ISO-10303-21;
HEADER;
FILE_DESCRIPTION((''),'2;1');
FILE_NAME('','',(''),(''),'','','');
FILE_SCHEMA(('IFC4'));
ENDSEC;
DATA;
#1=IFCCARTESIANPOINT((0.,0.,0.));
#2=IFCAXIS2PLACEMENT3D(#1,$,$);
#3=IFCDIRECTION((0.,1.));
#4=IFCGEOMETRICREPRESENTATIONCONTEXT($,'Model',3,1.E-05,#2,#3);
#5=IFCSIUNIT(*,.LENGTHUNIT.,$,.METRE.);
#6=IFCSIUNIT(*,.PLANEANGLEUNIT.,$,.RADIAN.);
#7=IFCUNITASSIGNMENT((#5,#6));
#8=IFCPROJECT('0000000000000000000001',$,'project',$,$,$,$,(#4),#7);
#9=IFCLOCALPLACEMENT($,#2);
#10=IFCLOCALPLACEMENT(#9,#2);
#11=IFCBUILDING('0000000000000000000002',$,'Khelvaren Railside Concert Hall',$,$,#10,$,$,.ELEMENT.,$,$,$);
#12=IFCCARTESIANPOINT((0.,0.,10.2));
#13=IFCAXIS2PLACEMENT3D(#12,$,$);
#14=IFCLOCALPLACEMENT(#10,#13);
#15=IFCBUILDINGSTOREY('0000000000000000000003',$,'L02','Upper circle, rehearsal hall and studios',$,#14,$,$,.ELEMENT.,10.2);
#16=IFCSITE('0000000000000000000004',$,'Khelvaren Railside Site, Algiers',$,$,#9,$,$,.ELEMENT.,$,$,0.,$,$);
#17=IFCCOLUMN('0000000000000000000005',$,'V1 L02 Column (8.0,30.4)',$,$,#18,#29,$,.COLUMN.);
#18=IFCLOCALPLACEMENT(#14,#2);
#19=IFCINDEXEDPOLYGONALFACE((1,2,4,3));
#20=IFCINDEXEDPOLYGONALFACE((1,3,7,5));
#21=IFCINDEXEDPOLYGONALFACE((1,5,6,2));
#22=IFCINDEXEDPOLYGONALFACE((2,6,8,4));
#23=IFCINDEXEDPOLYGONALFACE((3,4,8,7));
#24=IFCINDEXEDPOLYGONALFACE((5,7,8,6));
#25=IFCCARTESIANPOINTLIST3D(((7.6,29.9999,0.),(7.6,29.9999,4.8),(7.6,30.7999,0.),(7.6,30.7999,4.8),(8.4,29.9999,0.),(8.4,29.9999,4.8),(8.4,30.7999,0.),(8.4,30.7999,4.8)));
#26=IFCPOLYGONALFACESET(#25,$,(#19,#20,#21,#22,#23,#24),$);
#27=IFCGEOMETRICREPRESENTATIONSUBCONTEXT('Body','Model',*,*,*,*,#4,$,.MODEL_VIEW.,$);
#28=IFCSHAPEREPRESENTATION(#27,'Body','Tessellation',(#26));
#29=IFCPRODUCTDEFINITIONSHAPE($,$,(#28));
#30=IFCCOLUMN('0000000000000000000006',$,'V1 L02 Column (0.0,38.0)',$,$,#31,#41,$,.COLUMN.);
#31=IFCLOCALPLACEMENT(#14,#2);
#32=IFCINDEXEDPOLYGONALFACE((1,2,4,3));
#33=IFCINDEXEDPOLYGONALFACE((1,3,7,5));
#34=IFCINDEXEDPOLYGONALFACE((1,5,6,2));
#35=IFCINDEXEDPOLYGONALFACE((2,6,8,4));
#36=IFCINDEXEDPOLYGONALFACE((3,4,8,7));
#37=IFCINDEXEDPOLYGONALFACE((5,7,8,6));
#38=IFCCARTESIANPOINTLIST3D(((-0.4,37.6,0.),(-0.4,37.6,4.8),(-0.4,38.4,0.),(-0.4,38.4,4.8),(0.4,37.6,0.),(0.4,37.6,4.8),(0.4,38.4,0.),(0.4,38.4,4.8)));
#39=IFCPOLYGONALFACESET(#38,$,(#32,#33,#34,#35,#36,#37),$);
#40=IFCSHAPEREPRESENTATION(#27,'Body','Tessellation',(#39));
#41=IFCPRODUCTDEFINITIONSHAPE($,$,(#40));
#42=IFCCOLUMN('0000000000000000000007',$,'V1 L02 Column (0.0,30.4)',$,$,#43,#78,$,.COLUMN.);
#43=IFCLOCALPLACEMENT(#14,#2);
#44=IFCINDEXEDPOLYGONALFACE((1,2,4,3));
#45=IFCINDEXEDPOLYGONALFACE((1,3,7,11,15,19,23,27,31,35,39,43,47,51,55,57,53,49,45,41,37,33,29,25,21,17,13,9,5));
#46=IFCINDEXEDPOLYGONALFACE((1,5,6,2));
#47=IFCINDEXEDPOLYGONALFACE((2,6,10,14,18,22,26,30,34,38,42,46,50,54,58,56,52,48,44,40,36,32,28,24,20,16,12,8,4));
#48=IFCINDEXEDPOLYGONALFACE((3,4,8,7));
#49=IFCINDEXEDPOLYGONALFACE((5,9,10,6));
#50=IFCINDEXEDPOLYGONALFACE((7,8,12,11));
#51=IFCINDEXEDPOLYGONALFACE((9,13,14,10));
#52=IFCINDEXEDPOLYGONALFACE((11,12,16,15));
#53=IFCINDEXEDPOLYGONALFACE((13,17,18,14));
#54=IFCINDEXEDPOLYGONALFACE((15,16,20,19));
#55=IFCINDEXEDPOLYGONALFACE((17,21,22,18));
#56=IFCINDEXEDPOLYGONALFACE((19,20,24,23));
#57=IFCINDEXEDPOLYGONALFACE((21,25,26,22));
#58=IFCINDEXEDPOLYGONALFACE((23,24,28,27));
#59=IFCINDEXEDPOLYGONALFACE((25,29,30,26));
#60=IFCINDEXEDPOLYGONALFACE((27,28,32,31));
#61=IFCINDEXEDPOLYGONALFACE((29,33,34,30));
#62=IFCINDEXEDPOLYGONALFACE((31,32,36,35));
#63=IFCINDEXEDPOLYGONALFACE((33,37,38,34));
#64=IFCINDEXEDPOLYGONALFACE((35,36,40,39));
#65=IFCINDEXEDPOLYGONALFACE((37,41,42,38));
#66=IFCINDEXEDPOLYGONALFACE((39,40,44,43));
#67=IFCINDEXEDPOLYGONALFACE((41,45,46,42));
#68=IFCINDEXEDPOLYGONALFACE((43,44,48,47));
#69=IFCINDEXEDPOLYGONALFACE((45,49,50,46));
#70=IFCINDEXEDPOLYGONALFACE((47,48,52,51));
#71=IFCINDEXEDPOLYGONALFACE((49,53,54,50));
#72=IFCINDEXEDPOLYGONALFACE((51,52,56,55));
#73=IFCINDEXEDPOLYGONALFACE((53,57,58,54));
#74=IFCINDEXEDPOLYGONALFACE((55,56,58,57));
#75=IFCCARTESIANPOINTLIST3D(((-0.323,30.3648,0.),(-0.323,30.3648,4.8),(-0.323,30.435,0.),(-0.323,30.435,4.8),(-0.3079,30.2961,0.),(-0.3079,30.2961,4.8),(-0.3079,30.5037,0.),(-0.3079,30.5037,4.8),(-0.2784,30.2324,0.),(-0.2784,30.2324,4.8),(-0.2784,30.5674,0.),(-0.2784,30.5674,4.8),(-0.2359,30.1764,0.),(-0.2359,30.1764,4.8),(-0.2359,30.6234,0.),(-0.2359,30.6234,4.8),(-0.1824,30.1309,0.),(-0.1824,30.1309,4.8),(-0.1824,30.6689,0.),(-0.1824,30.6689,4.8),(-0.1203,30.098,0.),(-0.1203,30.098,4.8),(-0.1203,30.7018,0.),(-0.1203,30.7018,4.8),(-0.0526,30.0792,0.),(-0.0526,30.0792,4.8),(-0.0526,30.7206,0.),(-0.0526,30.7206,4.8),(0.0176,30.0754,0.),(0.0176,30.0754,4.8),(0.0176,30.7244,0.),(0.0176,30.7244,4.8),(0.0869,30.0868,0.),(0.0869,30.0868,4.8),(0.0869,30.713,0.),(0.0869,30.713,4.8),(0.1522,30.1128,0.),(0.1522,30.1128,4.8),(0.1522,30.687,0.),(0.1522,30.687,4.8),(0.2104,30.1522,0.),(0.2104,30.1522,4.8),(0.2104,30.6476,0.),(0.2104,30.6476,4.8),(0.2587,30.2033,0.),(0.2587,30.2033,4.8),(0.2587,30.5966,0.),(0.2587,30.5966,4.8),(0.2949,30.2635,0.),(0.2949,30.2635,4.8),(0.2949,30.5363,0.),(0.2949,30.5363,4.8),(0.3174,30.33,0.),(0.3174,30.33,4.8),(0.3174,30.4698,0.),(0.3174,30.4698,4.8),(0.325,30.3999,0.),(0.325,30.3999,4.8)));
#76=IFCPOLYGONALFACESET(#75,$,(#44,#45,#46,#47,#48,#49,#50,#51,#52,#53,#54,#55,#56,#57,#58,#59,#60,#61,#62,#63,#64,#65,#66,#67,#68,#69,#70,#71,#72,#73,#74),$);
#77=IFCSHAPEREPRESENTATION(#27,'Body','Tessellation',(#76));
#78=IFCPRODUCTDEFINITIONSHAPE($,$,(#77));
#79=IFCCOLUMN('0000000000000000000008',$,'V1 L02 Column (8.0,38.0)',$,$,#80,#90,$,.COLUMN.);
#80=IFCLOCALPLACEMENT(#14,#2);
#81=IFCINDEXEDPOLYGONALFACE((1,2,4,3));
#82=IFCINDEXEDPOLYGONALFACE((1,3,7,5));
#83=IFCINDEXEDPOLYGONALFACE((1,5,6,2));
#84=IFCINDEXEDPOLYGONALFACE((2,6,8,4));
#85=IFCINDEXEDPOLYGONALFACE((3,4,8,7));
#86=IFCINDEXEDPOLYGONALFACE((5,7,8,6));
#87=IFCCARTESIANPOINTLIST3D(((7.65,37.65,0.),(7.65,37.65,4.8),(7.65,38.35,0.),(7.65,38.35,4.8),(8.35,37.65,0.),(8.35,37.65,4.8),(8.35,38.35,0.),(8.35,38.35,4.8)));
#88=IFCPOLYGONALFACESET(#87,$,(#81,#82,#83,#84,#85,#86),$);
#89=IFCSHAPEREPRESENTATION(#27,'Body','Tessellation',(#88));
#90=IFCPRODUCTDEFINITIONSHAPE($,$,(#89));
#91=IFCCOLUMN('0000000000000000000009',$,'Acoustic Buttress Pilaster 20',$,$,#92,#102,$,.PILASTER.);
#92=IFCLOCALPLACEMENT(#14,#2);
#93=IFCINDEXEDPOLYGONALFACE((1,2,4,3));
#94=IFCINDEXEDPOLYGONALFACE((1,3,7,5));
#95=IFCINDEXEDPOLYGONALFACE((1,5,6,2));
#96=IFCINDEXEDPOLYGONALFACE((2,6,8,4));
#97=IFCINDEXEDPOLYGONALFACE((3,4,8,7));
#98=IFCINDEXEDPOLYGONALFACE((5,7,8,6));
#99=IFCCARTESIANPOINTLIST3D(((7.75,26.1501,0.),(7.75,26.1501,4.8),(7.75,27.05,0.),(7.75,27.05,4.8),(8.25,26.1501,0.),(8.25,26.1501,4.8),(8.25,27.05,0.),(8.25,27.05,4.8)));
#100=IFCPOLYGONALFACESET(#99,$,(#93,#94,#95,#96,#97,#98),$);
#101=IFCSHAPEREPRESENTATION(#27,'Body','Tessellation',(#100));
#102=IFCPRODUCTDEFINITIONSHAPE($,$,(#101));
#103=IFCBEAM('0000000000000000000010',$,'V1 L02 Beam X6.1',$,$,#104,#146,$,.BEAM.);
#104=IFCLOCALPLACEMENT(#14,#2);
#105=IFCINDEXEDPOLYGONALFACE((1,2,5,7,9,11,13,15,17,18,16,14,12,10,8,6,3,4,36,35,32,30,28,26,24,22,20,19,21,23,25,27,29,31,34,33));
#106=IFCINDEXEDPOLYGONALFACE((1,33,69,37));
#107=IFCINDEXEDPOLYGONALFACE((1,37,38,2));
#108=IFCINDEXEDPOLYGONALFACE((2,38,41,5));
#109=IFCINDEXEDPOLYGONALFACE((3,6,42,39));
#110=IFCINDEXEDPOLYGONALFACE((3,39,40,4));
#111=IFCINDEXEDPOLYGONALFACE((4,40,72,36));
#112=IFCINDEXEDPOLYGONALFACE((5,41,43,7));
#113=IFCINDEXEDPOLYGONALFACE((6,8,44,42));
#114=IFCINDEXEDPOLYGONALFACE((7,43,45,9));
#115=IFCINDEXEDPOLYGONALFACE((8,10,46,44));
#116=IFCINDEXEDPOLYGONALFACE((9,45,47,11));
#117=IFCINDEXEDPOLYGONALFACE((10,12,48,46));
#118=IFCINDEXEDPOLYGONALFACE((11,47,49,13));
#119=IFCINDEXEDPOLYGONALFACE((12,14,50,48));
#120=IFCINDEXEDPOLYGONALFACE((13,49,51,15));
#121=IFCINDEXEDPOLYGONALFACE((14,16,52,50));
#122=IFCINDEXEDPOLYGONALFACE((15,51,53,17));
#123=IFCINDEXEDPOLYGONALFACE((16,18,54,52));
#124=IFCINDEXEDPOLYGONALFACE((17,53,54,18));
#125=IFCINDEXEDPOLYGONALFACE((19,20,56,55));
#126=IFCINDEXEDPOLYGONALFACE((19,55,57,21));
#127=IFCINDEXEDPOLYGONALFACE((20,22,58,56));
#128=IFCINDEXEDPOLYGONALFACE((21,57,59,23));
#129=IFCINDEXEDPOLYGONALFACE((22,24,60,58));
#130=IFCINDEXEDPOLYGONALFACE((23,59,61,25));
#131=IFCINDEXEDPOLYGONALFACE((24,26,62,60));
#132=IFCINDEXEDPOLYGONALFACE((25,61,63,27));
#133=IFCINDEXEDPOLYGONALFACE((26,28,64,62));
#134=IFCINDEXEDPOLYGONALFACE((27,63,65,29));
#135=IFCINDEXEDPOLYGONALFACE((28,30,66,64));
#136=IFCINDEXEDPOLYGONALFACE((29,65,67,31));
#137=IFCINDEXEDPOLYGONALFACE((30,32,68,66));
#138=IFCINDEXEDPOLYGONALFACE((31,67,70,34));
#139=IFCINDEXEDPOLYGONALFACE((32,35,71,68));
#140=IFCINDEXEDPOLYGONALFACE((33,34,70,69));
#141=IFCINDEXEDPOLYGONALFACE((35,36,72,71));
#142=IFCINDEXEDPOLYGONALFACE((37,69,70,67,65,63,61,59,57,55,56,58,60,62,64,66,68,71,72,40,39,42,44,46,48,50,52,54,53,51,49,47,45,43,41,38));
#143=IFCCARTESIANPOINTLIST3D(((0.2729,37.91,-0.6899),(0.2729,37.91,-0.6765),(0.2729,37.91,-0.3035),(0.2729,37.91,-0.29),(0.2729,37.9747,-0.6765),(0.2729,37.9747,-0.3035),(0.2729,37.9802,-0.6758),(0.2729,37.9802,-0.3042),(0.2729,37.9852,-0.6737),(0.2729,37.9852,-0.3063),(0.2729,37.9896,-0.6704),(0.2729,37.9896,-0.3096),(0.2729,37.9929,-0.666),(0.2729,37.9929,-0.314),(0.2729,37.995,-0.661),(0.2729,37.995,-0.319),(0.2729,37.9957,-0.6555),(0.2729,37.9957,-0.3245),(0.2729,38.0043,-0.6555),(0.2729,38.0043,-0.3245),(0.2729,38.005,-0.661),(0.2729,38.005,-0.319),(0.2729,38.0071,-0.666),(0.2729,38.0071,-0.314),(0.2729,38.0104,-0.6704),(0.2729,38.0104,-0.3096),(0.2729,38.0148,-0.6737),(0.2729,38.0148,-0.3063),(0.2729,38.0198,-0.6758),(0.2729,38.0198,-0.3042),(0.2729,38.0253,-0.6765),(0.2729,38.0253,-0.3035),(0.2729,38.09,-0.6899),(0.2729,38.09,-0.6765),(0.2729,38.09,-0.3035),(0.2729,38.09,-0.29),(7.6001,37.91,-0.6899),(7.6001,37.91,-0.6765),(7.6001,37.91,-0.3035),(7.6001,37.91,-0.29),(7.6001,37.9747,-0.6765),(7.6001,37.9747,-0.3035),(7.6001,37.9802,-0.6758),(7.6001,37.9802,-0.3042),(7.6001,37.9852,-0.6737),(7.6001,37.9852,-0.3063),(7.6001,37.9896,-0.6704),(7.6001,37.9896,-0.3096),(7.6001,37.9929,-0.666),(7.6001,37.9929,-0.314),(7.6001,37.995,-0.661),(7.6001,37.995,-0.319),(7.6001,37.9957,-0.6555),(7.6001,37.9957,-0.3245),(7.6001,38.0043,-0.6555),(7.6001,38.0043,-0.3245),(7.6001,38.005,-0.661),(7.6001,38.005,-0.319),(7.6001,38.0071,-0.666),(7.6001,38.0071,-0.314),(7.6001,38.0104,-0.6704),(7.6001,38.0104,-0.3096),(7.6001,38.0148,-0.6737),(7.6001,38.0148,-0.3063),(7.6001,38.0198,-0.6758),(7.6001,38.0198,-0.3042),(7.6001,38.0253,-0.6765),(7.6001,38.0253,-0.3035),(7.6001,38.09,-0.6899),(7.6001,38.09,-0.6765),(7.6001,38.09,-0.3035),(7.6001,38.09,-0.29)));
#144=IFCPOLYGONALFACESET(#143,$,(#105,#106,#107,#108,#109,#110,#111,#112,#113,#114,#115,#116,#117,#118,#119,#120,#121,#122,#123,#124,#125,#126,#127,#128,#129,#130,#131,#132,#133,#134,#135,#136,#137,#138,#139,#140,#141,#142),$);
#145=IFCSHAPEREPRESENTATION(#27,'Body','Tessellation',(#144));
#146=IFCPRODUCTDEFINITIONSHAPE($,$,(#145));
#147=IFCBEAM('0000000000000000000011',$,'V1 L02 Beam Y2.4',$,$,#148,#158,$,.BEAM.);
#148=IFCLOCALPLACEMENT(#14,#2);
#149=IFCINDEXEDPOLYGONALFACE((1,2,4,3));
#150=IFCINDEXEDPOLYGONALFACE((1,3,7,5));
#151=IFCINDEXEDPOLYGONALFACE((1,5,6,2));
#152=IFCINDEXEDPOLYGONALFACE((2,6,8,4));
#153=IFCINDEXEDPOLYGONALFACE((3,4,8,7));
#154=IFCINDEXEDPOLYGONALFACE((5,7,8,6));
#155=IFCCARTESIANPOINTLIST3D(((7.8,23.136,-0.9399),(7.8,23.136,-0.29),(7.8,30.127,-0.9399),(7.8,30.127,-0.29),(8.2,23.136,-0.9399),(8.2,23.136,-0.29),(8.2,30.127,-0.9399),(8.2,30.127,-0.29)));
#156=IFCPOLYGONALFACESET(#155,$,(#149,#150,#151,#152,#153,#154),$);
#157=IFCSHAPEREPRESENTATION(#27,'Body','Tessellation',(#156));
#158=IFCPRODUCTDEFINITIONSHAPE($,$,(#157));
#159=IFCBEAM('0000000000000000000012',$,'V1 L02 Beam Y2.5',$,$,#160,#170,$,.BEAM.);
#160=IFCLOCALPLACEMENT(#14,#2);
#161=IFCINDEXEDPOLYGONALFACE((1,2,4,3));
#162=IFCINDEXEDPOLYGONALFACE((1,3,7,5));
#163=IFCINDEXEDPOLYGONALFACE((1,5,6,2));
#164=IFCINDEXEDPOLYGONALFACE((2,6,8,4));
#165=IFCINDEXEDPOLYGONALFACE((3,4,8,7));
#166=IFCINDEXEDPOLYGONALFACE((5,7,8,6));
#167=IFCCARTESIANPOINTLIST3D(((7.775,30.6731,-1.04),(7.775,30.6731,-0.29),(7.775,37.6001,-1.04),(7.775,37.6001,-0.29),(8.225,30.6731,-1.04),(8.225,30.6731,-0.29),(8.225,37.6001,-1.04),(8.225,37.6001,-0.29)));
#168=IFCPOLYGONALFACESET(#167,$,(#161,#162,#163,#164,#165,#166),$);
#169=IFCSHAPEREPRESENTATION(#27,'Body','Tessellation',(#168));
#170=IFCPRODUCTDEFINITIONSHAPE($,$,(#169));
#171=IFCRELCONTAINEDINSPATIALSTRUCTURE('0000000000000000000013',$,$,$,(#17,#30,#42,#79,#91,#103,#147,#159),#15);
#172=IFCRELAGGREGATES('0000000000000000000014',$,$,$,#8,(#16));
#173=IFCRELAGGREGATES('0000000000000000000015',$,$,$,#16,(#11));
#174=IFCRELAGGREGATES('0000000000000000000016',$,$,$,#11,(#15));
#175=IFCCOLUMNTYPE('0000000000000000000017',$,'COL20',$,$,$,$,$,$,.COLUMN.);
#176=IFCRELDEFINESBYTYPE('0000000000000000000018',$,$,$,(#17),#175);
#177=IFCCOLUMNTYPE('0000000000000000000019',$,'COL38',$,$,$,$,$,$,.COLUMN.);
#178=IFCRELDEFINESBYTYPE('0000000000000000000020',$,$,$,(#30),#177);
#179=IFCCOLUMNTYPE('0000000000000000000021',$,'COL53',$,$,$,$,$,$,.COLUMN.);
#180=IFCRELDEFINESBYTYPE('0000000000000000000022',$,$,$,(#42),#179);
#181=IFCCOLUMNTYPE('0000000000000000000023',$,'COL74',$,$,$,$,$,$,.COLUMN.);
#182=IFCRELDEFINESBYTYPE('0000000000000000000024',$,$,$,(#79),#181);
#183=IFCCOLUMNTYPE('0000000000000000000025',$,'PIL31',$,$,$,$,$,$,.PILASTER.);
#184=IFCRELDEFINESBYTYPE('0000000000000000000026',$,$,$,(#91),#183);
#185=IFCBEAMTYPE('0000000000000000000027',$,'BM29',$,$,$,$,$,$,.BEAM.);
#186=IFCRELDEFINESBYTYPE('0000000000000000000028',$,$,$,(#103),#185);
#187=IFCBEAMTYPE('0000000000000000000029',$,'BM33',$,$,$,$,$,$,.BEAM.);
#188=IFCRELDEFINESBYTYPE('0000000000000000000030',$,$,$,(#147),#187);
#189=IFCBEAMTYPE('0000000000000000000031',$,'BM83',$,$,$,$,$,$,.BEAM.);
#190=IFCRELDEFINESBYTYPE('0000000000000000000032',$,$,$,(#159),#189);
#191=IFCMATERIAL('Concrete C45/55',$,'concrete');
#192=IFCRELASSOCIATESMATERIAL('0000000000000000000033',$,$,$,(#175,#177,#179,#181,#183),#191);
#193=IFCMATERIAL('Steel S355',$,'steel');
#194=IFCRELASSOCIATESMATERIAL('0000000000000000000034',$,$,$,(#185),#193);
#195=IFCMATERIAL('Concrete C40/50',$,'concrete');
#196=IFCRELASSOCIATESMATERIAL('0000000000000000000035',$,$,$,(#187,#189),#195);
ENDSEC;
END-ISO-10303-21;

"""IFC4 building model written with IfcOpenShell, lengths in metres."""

from ifc_helpers import new_model, si_unit, direction, frame, origin, origin_2d, place, context, subcontext, project, spatial, rectangle, circle, i_section, extrude, material, material_profile, profile_set, type_object, element, save


model = new_model("IFC4")

# Units and contexts
model_context = context("Model", 3, precision=1e-05, world=origin(), true_north=direction((0.0, 1.0)))
body_context = subcontext(model_context, "Body", "Model", "MODEL_VIEW")
ifc_project = project(units=[si_unit("LENGTHUNIT", "METRE"), si_unit("PLANEANGLEUNIT", "RADIAN")], contexts=[model_context])

# Site, building, storey
site_placement = place(None, origin())
site = spatial("IfcSite", under=ifc_project, at=site_placement, Name="Khelvaren Railside Site, Algiers", CompositionType="ELEMENT", RefElevation=0.0)
building_placement = place(site_placement, origin())
building = spatial("IfcBuilding", under=site, at=building_placement, Name="Khelvaren Railside Concert Hall", CompositionType="ELEMENT")
storey_placement = place(building_placement, frame((0.0, 0.0, 10.2)))
storey = spatial("IfcBuildingStorey", under=building, at=storey_placement, Name="L02", Description="Upper circle, rehearsal hall and studios", CompositionType="ELEMENT", Elevation=10.2)

# Columns
ifc_material_1 = material(Name="Concrete C45/55", Category="concrete")
ifc_material_profile_1 = material_profile(ifc_material_1, rectangle(XDim=0.8, YDim=0.8, at=origin_2d()), Name="RC 800x800")
ifc_profile_set_1 = profile_set([ifc_material_profile_1], Name="Concrete C45/55")
column_type_1 = type_object("IfcColumnType", Name="COL20", PredefinedType="COLUMN", material=ifc_profile_set_1)
column_1_placement = place(storey_placement, frame((8.0, 30.3999, 0.0), z_axis=(0.0, 0.0, 1.0), x_axis=(1.0, 0.0, 0.0)))
element("IfcColumn", 1, at=column_1_placement, inside=storey, type_object=column_type_1, Name="V1 L02 Column (8.0,30.4)", PredefinedType="COLUMN", context=body_context, shape_type="SweptSolid", body=[
    extrude(rectangle(XDim=0.8, YDim=0.8, at=origin_2d()), origin(), (0.0, 0.0, 1.0), 4.8),
])
ifc_material_profile_2 = material_profile(ifc_material_1, rectangle(XDim=0.8, YDim=0.8, at=origin_2d()), Name="RC 800x800")
ifc_profile_set_2 = profile_set([ifc_material_profile_2], Name="Concrete C45/55")
column_type_2 = type_object("IfcColumnType", Name="COL38", PredefinedType="COLUMN", material=ifc_profile_set_2)
column_2_placement = place(storey_placement, frame((0.0, 38.0, 0.0), z_axis=(0.0, 0.0, 1.0), x_axis=(1.0, 0.0, 0.0)))
element("IfcColumn", 2, at=column_2_placement, inside=storey, type_object=column_type_2, Name="V1 L02 Column (0.0,38.0)", PredefinedType="COLUMN", context=body_context, shape_type="SweptSolid", body=[
    extrude(rectangle(XDim=0.8, YDim=0.8, at=origin_2d()), origin(), (0.0, 0.0, 1.0), 4.8),
])
ifc_material_profile_3 = material_profile(ifc_material_1, circle(Radius=0.325, at=origin_2d()), Name="RC D650")
ifc_profile_set_3 = profile_set([ifc_material_profile_3], Name="Concrete C45/55")
column_type_3 = type_object("IfcColumnType", Name="COL53", PredefinedType="COLUMN", material=ifc_profile_set_3)
column_3_placement = place(storey_placement, frame((0.0, 30.3999, 0.0), z_axis=(0.0, 0.0, 1.0), x_axis=(1.0, 0.0, 0.0)))
element("IfcColumn", 3, at=column_3_placement, inside=storey, type_object=column_type_3, Name="V1 L02 Column (0.0,30.4)", PredefinedType="COLUMN", context=body_context, shape_type="SweptSolid", body=[
    extrude(circle(Radius=0.325, at=origin_2d()), origin(), (0.0, 0.0, 1.0), 4.8),
])
ifc_material_profile_4 = material_profile(ifc_material_1, rectangle(XDim=0.7, YDim=0.7, at=origin_2d()), Name="RC 700x700")
ifc_profile_set_4 = profile_set([ifc_material_profile_4], Name="Concrete C45/55")
column_type_4 = type_object("IfcColumnType", Name="COL74", PredefinedType="COLUMN", material=ifc_profile_set_4)
column_4_placement = place(storey_placement, frame((8.0, 38.0, 0.0), z_axis=(0.0, 0.0, 1.0), x_axis=(1.0, 0.0, 0.0)))
element("IfcColumn", 4, at=column_4_placement, inside=storey, type_object=column_type_4, Name="V1 L02 Column (8.0,38.0)", PredefinedType="COLUMN", context=body_context, shape_type="SweptSolid", body=[
    extrude(rectangle(XDim=0.7, YDim=0.7, at=origin_2d()), origin(), (0.0, 0.0, 1.0), 4.8),
])
ifc_material_profile_5 = material_profile(ifc_material_1, rectangle(XDim=0.5, YDim=0.8999, at=origin_2d()), Name="PIL 500x900")
ifc_profile_set_5 = profile_set([ifc_material_profile_5], Name="Concrete C45/55")
column_type_5 = type_object("IfcColumnType", Name="PIL31", PredefinedType="PILASTER", material=ifc_profile_set_5)
column_5_placement = place(storey_placement, frame((8.0, 26.6001, 0.0), z_axis=(0.0, 0.0, 1.0), x_axis=(1.0, 0.0, 0.0)))
element("IfcColumn", 5, at=column_5_placement, inside=storey, type_object=column_type_5, Name="Acoustic Buttress Pilaster 20", PredefinedType="PILASTER", context=body_context, shape_type="SweptSolid", body=[
    extrude(rectangle(XDim=0.5, YDim=0.8999, at=origin_2d()), origin(), (0.0, 0.0, 1.0), 4.8),
])

# Beams
ifc_material_2 = material(Name="Steel S355", Category="steel")
ifc_material_profile_6 = material_profile(ifc_material_2, i_section(OverallWidth=0.1799, OverallDepth=0.3999, WebThickness=0.0085, FlangeThickness=0.0134, FilletRadius=0.021, at=origin_2d()), Name="IPE 400")
ifc_profile_set_6 = profile_set([ifc_material_profile_6], Name="Steel S355")
beam_type_1 = type_object("IfcBeamType", Name="BM29", PredefinedType="BEAM", material=ifc_profile_set_6)
beam_1_placement = place(storey_placement, frame((0.2729, 38.0, -0.49), z_axis=(1.0, 0.0, 0.0), x_axis=(0.0, 1.0, 0.0)))
element("IfcBeam", 6, at=beam_1_placement, inside=storey, type_object=beam_type_1, Name="V1 L02 Beam X6.1", PredefinedType="BEAM", context=body_context, shape_type="SweptSolid", body=[
    extrude(i_section(OverallWidth=0.1799, OverallDepth=0.3999, WebThickness=0.0085, FlangeThickness=0.0134, FilletRadius=0.021, at=origin_2d()), origin(), (0.0, 0.0, 1.0), 7.3271),
])
ifc_material_3 = material(Name="Concrete C40/50", Category="concrete")
ifc_material_profile_7 = material_profile(ifc_material_3, rectangle(XDim=0.3999, YDim=0.6499, at=origin_2d()), Name="RCB 400x650")
ifc_profile_set_7 = profile_set([ifc_material_profile_7], Name="Concrete C40/50")
beam_type_2 = type_object("IfcBeamType", Name="BM33", PredefinedType="BEAM", material=ifc_profile_set_7)
beam_2_placement = place(storey_placement, frame((8.0, 23.136, -0.615), z_axis=(0.0, 1.0, 0.0), x_axis=(-1.0, 0.0, 0.0)))
element("IfcBeam", 7, at=beam_2_placement, inside=storey, type_object=beam_type_2, Name="V1 L02 Beam Y2.4", PredefinedType="BEAM", context=body_context, shape_type="SweptSolid", body=[
    extrude(rectangle(XDim=0.3999, YDim=0.6499, at=origin_2d()), origin(), (0.0, 0.0, 1.0), 6.991),
])
ifc_material_profile_8 = material_profile(ifc_material_3, rectangle(XDim=0.45, YDim=0.75, at=origin_2d()), Name="RCB 450x750")
ifc_profile_set_8 = profile_set([ifc_material_profile_8], Name="Concrete C40/50")
beam_type_3 = type_object("IfcBeamType", Name="BM83", PredefinedType="BEAM", material=ifc_profile_set_8)
beam_3_placement = place(storey_placement, frame((8.0, 30.6731, -0.665), z_axis=(0.0, 1.0, 0.0), x_axis=(-1.0, 0.0, 0.0)))
element("IfcBeam", 8, at=beam_3_placement, inside=storey, type_object=beam_type_3, Name="V1 L02 Beam Y2.5", PredefinedType="BEAM", context=body_context, shape_type="SweptSolid", body=[
    extrude(rectangle(XDim=0.45, YDim=0.75, at=origin_2d()), origin(), (0.0, 0.0, 1.0), 6.927),
])

save(model, "model.ifc")
